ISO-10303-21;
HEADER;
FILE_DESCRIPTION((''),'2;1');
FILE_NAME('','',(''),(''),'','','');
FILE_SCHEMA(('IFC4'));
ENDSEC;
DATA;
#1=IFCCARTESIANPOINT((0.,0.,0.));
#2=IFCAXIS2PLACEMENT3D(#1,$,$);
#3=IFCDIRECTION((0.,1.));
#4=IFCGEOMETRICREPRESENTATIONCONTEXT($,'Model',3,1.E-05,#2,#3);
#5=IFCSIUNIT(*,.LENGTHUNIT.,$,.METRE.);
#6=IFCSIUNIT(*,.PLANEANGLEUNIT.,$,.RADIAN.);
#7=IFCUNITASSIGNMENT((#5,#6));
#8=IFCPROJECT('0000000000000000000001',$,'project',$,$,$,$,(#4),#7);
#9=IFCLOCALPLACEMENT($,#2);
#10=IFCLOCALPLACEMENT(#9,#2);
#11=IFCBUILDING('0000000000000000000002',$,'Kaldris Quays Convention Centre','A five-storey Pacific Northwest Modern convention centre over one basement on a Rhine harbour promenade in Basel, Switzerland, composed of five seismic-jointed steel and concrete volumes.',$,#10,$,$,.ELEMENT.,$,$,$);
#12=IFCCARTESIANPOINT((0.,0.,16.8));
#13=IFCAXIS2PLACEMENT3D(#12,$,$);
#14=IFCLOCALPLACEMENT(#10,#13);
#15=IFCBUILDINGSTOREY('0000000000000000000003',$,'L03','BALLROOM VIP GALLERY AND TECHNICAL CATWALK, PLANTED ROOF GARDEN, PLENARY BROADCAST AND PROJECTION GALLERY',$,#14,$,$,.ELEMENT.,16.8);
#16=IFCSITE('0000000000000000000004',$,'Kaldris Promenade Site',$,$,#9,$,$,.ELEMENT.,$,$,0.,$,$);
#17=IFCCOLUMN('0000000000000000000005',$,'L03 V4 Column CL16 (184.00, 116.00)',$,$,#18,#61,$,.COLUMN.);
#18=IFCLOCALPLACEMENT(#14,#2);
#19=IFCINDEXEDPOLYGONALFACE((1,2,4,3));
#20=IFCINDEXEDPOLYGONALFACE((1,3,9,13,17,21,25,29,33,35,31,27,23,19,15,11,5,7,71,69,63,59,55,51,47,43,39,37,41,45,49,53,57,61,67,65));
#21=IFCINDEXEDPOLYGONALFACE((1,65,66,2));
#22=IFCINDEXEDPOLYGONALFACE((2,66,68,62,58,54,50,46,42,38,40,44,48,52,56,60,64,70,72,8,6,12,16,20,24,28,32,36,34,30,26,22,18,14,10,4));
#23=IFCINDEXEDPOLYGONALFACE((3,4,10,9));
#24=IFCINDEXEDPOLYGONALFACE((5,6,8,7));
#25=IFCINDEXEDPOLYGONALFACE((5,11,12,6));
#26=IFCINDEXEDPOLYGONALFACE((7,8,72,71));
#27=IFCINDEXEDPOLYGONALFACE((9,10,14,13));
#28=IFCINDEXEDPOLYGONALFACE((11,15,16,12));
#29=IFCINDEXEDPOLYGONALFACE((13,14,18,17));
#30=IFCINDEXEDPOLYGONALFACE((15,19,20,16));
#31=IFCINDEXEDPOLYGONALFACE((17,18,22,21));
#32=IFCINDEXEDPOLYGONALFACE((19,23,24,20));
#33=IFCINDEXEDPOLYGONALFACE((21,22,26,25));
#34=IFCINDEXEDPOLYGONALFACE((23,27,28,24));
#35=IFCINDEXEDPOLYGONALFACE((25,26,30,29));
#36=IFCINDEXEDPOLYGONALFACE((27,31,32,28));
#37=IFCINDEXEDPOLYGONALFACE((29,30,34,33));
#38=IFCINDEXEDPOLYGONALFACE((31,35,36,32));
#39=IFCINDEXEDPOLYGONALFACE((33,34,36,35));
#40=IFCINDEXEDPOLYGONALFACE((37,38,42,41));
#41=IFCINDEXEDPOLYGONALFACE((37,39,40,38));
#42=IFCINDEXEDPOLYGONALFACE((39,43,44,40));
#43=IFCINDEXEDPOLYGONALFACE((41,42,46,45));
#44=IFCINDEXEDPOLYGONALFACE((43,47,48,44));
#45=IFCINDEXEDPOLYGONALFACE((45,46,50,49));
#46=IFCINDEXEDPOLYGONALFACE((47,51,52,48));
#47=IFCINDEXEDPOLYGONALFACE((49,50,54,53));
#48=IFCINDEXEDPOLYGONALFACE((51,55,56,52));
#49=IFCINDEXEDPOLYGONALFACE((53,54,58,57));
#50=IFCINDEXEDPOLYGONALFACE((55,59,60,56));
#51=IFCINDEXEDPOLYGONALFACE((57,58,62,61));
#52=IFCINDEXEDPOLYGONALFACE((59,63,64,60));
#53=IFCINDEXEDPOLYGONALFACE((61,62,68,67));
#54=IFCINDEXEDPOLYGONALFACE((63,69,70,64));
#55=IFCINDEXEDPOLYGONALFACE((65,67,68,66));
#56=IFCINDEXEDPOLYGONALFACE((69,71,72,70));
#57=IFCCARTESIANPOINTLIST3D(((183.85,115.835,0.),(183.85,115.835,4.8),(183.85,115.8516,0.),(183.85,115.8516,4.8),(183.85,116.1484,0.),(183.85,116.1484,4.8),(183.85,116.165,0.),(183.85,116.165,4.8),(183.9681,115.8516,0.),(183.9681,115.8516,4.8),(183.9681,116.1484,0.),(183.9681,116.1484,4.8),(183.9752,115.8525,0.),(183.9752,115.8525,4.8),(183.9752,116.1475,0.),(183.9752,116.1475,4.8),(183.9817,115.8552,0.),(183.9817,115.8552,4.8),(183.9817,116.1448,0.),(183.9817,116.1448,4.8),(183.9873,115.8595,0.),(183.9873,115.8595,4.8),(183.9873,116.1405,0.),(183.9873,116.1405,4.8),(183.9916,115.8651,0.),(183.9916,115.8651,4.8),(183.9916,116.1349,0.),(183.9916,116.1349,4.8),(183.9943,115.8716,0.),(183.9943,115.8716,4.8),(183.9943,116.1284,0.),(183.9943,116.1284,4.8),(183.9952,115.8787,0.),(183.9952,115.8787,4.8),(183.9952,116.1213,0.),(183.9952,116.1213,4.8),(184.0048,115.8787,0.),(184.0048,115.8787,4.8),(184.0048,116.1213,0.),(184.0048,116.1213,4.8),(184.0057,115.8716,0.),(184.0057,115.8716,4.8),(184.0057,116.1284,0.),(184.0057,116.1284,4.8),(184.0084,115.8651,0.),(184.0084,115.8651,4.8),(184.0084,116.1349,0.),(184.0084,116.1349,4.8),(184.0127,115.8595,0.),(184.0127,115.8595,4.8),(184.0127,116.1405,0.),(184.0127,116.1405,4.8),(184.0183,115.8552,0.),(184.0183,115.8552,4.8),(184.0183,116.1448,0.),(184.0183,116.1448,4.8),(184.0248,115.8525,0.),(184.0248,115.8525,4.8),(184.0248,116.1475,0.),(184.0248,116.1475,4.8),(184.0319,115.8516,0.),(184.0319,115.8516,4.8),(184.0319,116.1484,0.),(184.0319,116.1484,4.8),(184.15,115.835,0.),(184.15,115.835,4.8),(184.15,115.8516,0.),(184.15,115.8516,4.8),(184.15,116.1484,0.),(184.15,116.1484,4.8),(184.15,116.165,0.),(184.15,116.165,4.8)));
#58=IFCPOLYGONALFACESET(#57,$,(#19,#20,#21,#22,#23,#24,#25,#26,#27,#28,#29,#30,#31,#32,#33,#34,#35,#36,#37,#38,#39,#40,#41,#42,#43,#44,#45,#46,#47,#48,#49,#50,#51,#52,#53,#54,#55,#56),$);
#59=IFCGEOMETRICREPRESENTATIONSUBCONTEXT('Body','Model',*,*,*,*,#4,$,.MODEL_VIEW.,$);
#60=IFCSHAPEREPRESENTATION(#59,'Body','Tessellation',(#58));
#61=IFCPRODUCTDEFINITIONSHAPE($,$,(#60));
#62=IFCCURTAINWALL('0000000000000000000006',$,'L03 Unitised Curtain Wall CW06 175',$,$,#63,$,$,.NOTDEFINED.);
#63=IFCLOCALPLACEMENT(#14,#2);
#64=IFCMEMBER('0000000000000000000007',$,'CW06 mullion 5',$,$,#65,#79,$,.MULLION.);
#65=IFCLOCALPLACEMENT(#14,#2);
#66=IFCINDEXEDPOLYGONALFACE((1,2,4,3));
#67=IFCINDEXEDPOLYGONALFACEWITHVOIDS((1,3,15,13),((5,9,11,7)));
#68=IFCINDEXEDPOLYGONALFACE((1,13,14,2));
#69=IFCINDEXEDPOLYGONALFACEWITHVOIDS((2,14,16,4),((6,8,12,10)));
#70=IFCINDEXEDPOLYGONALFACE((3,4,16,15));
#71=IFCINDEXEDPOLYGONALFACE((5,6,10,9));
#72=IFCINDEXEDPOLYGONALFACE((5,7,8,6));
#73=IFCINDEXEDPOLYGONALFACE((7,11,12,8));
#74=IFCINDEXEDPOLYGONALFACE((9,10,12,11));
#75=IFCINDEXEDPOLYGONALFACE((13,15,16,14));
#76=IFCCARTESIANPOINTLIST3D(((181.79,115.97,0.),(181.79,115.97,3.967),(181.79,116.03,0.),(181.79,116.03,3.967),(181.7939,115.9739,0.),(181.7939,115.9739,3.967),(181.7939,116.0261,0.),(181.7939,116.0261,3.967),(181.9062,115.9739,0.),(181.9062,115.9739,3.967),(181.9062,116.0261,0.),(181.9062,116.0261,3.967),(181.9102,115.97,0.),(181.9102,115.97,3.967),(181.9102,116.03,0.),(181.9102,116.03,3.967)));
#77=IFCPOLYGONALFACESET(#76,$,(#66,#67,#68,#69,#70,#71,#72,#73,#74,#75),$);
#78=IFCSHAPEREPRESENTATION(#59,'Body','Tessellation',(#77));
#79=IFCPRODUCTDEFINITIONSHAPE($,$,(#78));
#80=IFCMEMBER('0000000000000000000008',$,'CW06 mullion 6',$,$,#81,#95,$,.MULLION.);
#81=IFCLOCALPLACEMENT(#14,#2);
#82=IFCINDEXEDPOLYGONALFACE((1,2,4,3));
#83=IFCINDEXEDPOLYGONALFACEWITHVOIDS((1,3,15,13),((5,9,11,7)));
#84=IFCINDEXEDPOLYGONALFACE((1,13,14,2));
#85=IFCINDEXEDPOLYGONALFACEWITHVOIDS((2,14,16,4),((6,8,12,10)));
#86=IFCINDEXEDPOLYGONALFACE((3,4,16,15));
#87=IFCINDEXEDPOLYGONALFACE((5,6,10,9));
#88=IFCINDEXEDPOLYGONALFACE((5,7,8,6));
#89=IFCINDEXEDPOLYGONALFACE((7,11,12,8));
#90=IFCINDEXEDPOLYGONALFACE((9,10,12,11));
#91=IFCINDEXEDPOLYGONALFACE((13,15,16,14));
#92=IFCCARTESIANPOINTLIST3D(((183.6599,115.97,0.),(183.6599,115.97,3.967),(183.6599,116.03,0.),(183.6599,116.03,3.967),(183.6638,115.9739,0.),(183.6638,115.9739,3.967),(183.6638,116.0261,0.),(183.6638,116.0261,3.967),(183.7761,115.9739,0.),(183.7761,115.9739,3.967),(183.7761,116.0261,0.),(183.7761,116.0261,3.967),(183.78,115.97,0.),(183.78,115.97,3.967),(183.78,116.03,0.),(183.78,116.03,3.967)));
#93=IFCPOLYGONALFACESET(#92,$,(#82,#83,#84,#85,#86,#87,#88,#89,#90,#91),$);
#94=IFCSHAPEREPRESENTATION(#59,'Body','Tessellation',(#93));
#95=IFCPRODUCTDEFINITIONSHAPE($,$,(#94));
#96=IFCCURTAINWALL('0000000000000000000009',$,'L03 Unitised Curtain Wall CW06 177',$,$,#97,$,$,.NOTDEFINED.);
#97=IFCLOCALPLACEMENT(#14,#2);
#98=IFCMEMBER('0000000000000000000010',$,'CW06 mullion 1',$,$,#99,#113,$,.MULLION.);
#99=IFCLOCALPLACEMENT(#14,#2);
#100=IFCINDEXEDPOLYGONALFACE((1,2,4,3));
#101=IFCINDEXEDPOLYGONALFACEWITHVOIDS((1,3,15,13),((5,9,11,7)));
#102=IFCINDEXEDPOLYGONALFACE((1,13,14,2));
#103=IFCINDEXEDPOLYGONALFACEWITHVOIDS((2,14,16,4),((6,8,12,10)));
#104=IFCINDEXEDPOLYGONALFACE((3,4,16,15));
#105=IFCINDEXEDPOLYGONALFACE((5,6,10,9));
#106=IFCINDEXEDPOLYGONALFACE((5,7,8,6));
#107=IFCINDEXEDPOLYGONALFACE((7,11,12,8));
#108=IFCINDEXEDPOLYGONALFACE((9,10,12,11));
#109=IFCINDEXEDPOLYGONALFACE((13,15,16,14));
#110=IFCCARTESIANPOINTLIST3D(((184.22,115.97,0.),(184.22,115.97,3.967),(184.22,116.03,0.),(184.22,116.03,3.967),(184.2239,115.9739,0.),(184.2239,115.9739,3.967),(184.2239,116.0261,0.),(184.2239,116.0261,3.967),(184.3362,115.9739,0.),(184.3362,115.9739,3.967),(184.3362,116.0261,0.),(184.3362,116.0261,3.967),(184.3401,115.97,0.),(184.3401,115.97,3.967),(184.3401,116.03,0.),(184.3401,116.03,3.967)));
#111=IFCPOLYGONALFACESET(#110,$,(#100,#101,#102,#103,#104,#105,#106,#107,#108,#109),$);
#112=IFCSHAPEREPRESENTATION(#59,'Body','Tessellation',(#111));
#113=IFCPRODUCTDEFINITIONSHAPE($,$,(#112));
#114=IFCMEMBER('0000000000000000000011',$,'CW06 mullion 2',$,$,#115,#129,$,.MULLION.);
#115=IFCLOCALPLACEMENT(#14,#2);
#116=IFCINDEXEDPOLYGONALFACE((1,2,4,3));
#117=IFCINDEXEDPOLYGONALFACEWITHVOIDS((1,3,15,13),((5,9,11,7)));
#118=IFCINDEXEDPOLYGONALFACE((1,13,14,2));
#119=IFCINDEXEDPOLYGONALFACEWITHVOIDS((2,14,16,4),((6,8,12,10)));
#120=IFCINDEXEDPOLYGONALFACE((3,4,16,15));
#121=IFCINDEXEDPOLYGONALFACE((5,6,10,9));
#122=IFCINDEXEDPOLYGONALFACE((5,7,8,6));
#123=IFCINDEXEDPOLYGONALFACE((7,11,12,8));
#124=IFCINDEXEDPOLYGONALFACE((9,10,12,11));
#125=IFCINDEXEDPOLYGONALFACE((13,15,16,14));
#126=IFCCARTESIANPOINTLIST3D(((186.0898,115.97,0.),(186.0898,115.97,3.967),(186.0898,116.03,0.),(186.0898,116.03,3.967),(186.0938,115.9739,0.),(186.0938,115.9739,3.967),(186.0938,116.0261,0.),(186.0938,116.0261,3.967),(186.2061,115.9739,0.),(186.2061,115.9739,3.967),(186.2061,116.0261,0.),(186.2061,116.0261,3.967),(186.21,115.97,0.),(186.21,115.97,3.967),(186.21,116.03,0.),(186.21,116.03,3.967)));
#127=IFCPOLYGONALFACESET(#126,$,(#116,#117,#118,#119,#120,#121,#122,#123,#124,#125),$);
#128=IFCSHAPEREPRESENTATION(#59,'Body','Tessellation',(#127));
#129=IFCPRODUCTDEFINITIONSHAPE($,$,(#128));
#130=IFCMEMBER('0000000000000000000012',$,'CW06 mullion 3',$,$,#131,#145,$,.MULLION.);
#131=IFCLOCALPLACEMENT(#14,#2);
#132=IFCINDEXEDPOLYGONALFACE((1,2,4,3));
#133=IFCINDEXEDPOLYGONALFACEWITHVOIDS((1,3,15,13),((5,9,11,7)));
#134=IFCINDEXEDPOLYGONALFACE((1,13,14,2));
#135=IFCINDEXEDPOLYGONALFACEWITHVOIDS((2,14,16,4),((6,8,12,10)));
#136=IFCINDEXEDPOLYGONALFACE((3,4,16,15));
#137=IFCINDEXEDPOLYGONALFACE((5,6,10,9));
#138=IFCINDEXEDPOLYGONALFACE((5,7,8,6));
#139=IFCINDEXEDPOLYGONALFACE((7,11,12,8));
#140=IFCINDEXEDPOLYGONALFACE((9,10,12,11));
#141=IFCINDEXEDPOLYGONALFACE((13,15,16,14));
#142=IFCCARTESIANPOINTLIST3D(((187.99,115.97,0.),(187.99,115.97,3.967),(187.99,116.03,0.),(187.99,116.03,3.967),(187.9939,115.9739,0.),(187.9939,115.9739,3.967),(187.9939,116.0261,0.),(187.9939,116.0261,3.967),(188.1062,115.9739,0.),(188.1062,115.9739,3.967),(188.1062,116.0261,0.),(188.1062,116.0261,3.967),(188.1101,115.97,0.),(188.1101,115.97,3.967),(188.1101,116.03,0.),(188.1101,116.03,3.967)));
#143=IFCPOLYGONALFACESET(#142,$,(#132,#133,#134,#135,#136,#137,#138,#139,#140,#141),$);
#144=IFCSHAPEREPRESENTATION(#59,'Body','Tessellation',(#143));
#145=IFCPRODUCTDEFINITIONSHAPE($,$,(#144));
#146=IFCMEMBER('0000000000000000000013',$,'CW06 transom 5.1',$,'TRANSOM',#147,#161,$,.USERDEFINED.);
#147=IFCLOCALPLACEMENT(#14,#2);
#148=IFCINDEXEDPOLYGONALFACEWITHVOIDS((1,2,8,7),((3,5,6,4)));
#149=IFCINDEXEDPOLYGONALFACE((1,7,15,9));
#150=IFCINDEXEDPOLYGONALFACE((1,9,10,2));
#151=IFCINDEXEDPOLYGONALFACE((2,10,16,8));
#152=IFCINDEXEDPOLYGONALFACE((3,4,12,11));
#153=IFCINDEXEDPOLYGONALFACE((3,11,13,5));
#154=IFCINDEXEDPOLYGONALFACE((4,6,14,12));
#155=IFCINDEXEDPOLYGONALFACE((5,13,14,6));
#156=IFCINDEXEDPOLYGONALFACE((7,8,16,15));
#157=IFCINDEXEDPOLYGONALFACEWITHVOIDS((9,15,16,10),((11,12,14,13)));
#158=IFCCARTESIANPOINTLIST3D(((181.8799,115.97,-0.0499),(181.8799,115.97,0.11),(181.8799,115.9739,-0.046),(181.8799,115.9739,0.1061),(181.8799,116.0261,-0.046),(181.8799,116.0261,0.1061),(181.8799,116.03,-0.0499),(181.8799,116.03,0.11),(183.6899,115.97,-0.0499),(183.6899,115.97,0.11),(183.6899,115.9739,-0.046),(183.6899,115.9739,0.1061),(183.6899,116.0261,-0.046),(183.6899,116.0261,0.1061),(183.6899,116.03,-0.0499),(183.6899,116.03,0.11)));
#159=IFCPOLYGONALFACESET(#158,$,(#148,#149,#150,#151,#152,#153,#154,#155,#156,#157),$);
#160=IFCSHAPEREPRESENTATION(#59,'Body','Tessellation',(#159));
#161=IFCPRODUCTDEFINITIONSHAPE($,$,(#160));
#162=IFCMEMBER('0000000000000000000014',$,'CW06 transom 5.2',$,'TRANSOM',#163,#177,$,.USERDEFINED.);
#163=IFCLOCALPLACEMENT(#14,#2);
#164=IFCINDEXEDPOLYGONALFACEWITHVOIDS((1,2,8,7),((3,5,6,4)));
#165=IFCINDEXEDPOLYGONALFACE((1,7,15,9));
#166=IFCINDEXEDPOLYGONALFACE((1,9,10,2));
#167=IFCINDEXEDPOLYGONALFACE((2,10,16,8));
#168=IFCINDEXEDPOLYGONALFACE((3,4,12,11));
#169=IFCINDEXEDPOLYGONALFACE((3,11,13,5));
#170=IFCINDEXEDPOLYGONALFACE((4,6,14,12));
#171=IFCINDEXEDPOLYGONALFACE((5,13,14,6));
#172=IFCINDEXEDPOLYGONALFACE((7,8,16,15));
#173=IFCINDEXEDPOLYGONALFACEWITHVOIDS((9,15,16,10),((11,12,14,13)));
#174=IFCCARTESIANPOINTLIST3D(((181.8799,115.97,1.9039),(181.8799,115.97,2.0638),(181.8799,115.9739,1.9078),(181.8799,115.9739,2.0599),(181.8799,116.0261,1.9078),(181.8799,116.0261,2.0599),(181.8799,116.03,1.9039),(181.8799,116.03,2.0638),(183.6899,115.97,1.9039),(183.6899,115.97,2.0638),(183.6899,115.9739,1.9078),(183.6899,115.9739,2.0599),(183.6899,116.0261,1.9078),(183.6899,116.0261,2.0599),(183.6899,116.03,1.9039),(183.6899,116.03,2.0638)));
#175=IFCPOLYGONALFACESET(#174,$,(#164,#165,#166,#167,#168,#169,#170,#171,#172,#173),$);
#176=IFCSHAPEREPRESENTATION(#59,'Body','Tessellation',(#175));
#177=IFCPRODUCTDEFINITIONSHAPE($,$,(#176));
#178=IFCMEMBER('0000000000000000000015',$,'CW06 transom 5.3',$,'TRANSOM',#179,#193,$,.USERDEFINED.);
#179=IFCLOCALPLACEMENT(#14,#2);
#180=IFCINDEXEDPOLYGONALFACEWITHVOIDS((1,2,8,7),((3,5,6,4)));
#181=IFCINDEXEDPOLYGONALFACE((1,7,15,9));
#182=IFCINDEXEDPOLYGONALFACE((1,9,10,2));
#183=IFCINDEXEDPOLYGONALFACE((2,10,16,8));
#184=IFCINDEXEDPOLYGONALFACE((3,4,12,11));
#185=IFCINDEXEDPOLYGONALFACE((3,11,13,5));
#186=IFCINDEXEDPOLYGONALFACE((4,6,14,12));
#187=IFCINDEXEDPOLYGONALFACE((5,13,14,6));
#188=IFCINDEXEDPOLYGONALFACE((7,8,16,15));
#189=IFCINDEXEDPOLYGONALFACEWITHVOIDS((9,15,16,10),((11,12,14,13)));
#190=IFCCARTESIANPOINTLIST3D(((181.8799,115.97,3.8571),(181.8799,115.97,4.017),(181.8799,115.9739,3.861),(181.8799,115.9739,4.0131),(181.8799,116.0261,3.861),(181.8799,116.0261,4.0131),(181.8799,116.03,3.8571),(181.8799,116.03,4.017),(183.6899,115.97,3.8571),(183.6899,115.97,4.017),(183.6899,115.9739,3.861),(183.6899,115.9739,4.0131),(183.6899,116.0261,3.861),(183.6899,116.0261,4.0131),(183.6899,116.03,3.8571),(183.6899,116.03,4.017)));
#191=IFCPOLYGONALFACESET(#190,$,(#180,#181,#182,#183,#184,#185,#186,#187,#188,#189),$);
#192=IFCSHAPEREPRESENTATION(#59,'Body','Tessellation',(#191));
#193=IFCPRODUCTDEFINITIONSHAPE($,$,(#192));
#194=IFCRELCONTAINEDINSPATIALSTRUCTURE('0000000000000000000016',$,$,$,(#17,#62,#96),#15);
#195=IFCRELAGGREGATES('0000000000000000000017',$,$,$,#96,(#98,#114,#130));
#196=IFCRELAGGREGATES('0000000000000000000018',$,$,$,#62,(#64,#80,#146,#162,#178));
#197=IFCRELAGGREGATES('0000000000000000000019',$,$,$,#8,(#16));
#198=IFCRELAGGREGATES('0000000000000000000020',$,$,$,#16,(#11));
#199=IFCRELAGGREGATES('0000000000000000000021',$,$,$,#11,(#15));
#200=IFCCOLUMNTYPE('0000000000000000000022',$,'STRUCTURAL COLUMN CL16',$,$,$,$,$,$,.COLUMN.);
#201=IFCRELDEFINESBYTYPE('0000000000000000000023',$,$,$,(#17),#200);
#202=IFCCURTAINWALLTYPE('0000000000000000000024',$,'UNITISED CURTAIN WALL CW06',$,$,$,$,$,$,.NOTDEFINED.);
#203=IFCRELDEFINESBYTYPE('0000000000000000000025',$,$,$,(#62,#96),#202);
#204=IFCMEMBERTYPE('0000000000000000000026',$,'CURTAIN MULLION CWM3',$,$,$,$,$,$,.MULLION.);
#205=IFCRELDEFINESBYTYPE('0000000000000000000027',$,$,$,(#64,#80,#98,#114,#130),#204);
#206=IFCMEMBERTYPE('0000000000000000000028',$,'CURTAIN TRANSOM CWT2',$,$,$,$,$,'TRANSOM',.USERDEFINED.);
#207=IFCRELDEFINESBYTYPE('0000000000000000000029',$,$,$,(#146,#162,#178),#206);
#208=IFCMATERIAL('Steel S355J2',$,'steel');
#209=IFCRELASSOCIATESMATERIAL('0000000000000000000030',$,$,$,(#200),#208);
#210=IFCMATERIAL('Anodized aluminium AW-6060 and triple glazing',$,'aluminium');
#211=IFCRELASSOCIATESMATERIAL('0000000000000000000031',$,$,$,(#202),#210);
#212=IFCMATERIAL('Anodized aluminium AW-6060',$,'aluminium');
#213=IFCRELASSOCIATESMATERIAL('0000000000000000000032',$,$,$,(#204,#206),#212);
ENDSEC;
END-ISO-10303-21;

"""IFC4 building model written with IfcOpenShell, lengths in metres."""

from ifc_helpers import new_model, si_unit, direction, frame, origin, origin_2d, place, context, subcontext, project, spatial, hollow_rectangle, i_section, extrude, material, material_profile, profile_set, type_object, element, aggregate, save


model = new_model("IFC4")

# Units and contexts
model_context = context("Model", 3, precision=1e-05, world=origin(), true_north=direction((0.0, 1.0)))
body_context = subcontext(model_context, "Body", "Model", "MODEL_VIEW")
ifc_project = project(units=[si_unit("LENGTHUNIT", "METRE"), si_unit("PLANEANGLEUNIT", "RADIAN")], contexts=[model_context])

# Site, building, storey
site_placement = place(None, origin())
site = spatial("IfcSite", under=ifc_project, at=site_placement, Name="Kaldris Promenade Site", CompositionType="ELEMENT", RefElevation=0.0)
building_placement = place(site_placement, origin())
building = spatial("IfcBuilding", under=site, at=building_placement, Name="Kaldris Quays Convention Centre", Description="A five-storey Pacific Northwest Modern convention centre over one basement on a Rhine harbour promenade in Basel, Switzerland, composed of five seismic-jointed steel and concrete volumes.", CompositionType="ELEMENT")
storey_placement = place(building_placement, frame((0.0, 0.0, 16.8)))
storey = spatial("IfcBuildingStorey", under=building, at=storey_placement, Name="L03", Description="BALLROOM VIP GALLERY AND TECHNICAL CATWALK, PLANTED ROOF GARDEN, PLENARY BROADCAST AND PROJECTION GALLERY", CompositionType="ELEMENT", Elevation=16.8)

# Column
ifc_material_1 = material(Name="Steel S355J2", Category="steel")
ifc_material_profile_1 = material_profile(ifc_material_1, i_section(OverallWidth=0.3, OverallDepth=0.3301, WebThickness=0.0095, FlangeThickness=0.0166, FilletRadius=0.0271, at=origin_2d()), Name="HEA 340")
ifc_profile_set_1 = profile_set([ifc_material_profile_1], Name="Steel S355J2")
column_type = type_object("IfcColumnType", Name="STRUCTURAL COLUMN CL16", PredefinedType="COLUMN", material=ifc_profile_set_1)
column_placement = place(storey_placement, frame((184.0, 116.0, 0.0), z_axis=(0.0, 0.0, 1.0), x_axis=(1.0, 0.0, 0.0)))
element("IfcColumn", 1, at=column_placement, inside=storey, type_object=column_type, Name="L03 V4 Column CL16 (184.00, 116.00)", PredefinedType="COLUMN", context=body_context, shape_type="SweptSolid", body=[
    extrude(i_section(OverallWidth=0.3, OverallDepth=0.3301, WebThickness=0.0095, FlangeThickness=0.0166, FilletRadius=0.0271, at=origin_2d()), origin(), (0.0, 0.0, 1.0), 4.8),
])

# Curtain walls, members
ifc_material_2 = material(Name="Anodized aluminium AW-6060 and triple glazing", Category="aluminium")
curtain_wall_type = type_object("IfcCurtainWallType", Name="UNITISED CURTAIN WALL CW06", PredefinedType="NOTDEFINED", material=ifc_material_2)
curtain_wall_1_placement = place(storey_placement, origin())
curtain_wall_1 = element("IfcCurtainWall", 2, at=curtain_wall_1_placement, inside=storey, type_object=curtain_wall_type, Name="L03 Unitised Curtain Wall CW06 175", PredefinedType="NOTDEFINED")
ifc_material_3 = material(Name="Anodized aluminium AW-6060", Category="aluminium")
ifc_material_profile_2 = material_profile(ifc_material_3, hollow_rectangle(XDim=0.0601, YDim=0.1201, WallThickness=0.0039, at=origin_2d()), Name="RHS 120x60x4")
ifc_profile_set_2 = profile_set([ifc_material_profile_2], Name="Anodized aluminium AW-6060")
member_type_1 = type_object("IfcMemberType", Name="CURTAIN MULLION CWM3", PredefinedType="MULLION", material=ifc_profile_set_2)
member_1_placement = place(storey_placement, frame((181.8501, 116.0, 0.0), z_axis=(0.0, 0.0, 1.0), x_axis=(0.0, 1.0, 0.0)))
member_1 = element("IfcMember", 3, at=member_1_placement, type_object=member_type_1, Name="CW06 mullion 5", PredefinedType="MULLION", context=body_context, shape_type="SweptSolid", body=[
    extrude(hollow_rectangle(XDim=0.0601, YDim=0.1201, WallThickness=0.0039, at=origin_2d()), origin(), (0.0, 0.0, 1.0), 3.967),
])
member_2_placement = place(storey_placement, frame((183.72, 116.0, 0.0), z_axis=(0.0, 0.0, 1.0), x_axis=(0.0, 1.0, 0.0)))
member_2 = element("IfcMember", 4, at=member_2_placement, type_object=member_type_1, Name="CW06 mullion 6", PredefinedType="MULLION", context=body_context, shape_type="SweptSolid", body=[
    extrude(hollow_rectangle(XDim=0.0601, YDim=0.1201, WallThickness=0.0039, at=origin_2d()), origin(), (0.0, 0.0, 1.0), 3.967),
])
curtain_wall_2_placement = place(storey_placement, origin())
curtain_wall_2 = element("IfcCurtainWall", 5, at=curtain_wall_2_placement, inside=storey, type_object=curtain_wall_type, Name="L03 Unitised Curtain Wall CW06 177", PredefinedType="NOTDEFINED")
member_3_placement = place(storey_placement, frame((184.28, 116.0, 0.0), z_axis=(0.0, 0.0, 1.0), x_axis=(0.0, 1.0, 0.0)))
member_3 = element("IfcMember", 6, at=member_3_placement, type_object=member_type_1, Name="CW06 mullion 1", PredefinedType="MULLION", context=body_context, shape_type="SweptSolid", body=[
    extrude(hollow_rectangle(XDim=0.0601, YDim=0.1201, WallThickness=0.0039, at=origin_2d()), origin(), (0.0, 0.0, 1.0), 3.967),
])
member_4_placement = place(storey_placement, frame((186.1499, 116.0, 0.0), z_axis=(0.0, 0.0, 1.0), x_axis=(0.0, 1.0, 0.0)))
member_4 = element("IfcMember", 7, at=member_4_placement, type_object=member_type_1, Name="CW06 mullion 2", PredefinedType="MULLION", context=body_context, shape_type="SweptSolid", body=[
    extrude(hollow_rectangle(XDim=0.0601, YDim=0.1201, WallThickness=0.0039, at=origin_2d()), origin(), (0.0, 0.0, 1.0), 3.967),
])
member_5_placement = place(storey_placement, frame((188.05, 116.0, 0.0), z_axis=(0.0, 0.0, 1.0), x_axis=(0.0, 1.0, 0.0)))
member_5 = element("IfcMember", 8, at=member_5_placement, type_object=member_type_1, Name="CW06 mullion 3", PredefinedType="MULLION", context=body_context, shape_type="SweptSolid", body=[
    extrude(hollow_rectangle(XDim=0.0601, YDim=0.1201, WallThickness=0.0039, at=origin_2d()), origin(), (0.0, 0.0, 1.0), 3.967),
])

# Members
ifc_material_profile_3 = material_profile(ifc_material_3, hollow_rectangle(XDim=0.0601, YDim=0.1599, WallThickness=0.0039, at=origin_2d()), Name="RHS 160x60x4")
ifc_profile_set_3 = profile_set([ifc_material_profile_3], Name="Anodized aluminium AW-6060")
member_type_2 = type_object("IfcMemberType", Name="CURTAIN TRANSOM CWT2", ElementType="TRANSOM", PredefinedType="USERDEFINED", material=ifc_profile_set_3)
member_6_placement = place(storey_placement, frame((181.8799, 116.0, 0.03), z_axis=(1.0, 0.0, 0.0), x_axis=(0.0, 1.0, 0.0)))
member_6 = element("IfcMember", 9, at=member_6_placement, type_object=member_type_2, Name="CW06 transom 5.1", ObjectType="TRANSOM", PredefinedType="USERDEFINED", context=body_context, shape_type="SweptSolid", body=[
    extrude(hollow_rectangle(XDim=0.0601, YDim=0.1599, WallThickness=0.0039, at=origin_2d()), origin(), (0.0, 0.0, 1.0), 1.8101),
])
member_7_placement = place(storey_placement, frame((181.8799, 116.0, 1.9839), z_axis=(1.0, 0.0, 0.0), x_axis=(0.0, 1.0, 0.0)))
member_7 = element("IfcMember", 10, at=member_7_placement, type_object=member_type_2, Name="CW06 transom 5.2", ObjectType="TRANSOM", PredefinedType="USERDEFINED", context=body_context, shape_type="SweptSolid", body=[
    extrude(hollow_rectangle(XDim=0.0601, YDim=0.1599, WallThickness=0.0039, at=origin_2d()), origin(), (0.0, 0.0, 1.0), 1.8101),
])
member_8_placement = place(storey_placement, frame((181.8799, 116.0, 3.937), z_axis=(1.0, 0.0, 0.0), x_axis=(0.0, 1.0, 0.0)))
member_8 = element("IfcMember", 11, at=member_8_placement, type_object=member_type_2, Name="CW06 transom 5.3", ObjectType="TRANSOM", PredefinedType="USERDEFINED", context=body_context, shape_type="SweptSolid", body=[
    extrude(hollow_rectangle(XDim=0.0601, YDim=0.1599, WallThickness=0.0039, at=origin_2d()), origin(), (0.0, 0.0, 1.0), 1.8101),
])

aggregate(curtain_wall_2, [member_3, member_4, member_5])
aggregate(curtain_wall_1, [member_1, member_2, member_6, member_7, member_8])

save(model, "model.ifc")
